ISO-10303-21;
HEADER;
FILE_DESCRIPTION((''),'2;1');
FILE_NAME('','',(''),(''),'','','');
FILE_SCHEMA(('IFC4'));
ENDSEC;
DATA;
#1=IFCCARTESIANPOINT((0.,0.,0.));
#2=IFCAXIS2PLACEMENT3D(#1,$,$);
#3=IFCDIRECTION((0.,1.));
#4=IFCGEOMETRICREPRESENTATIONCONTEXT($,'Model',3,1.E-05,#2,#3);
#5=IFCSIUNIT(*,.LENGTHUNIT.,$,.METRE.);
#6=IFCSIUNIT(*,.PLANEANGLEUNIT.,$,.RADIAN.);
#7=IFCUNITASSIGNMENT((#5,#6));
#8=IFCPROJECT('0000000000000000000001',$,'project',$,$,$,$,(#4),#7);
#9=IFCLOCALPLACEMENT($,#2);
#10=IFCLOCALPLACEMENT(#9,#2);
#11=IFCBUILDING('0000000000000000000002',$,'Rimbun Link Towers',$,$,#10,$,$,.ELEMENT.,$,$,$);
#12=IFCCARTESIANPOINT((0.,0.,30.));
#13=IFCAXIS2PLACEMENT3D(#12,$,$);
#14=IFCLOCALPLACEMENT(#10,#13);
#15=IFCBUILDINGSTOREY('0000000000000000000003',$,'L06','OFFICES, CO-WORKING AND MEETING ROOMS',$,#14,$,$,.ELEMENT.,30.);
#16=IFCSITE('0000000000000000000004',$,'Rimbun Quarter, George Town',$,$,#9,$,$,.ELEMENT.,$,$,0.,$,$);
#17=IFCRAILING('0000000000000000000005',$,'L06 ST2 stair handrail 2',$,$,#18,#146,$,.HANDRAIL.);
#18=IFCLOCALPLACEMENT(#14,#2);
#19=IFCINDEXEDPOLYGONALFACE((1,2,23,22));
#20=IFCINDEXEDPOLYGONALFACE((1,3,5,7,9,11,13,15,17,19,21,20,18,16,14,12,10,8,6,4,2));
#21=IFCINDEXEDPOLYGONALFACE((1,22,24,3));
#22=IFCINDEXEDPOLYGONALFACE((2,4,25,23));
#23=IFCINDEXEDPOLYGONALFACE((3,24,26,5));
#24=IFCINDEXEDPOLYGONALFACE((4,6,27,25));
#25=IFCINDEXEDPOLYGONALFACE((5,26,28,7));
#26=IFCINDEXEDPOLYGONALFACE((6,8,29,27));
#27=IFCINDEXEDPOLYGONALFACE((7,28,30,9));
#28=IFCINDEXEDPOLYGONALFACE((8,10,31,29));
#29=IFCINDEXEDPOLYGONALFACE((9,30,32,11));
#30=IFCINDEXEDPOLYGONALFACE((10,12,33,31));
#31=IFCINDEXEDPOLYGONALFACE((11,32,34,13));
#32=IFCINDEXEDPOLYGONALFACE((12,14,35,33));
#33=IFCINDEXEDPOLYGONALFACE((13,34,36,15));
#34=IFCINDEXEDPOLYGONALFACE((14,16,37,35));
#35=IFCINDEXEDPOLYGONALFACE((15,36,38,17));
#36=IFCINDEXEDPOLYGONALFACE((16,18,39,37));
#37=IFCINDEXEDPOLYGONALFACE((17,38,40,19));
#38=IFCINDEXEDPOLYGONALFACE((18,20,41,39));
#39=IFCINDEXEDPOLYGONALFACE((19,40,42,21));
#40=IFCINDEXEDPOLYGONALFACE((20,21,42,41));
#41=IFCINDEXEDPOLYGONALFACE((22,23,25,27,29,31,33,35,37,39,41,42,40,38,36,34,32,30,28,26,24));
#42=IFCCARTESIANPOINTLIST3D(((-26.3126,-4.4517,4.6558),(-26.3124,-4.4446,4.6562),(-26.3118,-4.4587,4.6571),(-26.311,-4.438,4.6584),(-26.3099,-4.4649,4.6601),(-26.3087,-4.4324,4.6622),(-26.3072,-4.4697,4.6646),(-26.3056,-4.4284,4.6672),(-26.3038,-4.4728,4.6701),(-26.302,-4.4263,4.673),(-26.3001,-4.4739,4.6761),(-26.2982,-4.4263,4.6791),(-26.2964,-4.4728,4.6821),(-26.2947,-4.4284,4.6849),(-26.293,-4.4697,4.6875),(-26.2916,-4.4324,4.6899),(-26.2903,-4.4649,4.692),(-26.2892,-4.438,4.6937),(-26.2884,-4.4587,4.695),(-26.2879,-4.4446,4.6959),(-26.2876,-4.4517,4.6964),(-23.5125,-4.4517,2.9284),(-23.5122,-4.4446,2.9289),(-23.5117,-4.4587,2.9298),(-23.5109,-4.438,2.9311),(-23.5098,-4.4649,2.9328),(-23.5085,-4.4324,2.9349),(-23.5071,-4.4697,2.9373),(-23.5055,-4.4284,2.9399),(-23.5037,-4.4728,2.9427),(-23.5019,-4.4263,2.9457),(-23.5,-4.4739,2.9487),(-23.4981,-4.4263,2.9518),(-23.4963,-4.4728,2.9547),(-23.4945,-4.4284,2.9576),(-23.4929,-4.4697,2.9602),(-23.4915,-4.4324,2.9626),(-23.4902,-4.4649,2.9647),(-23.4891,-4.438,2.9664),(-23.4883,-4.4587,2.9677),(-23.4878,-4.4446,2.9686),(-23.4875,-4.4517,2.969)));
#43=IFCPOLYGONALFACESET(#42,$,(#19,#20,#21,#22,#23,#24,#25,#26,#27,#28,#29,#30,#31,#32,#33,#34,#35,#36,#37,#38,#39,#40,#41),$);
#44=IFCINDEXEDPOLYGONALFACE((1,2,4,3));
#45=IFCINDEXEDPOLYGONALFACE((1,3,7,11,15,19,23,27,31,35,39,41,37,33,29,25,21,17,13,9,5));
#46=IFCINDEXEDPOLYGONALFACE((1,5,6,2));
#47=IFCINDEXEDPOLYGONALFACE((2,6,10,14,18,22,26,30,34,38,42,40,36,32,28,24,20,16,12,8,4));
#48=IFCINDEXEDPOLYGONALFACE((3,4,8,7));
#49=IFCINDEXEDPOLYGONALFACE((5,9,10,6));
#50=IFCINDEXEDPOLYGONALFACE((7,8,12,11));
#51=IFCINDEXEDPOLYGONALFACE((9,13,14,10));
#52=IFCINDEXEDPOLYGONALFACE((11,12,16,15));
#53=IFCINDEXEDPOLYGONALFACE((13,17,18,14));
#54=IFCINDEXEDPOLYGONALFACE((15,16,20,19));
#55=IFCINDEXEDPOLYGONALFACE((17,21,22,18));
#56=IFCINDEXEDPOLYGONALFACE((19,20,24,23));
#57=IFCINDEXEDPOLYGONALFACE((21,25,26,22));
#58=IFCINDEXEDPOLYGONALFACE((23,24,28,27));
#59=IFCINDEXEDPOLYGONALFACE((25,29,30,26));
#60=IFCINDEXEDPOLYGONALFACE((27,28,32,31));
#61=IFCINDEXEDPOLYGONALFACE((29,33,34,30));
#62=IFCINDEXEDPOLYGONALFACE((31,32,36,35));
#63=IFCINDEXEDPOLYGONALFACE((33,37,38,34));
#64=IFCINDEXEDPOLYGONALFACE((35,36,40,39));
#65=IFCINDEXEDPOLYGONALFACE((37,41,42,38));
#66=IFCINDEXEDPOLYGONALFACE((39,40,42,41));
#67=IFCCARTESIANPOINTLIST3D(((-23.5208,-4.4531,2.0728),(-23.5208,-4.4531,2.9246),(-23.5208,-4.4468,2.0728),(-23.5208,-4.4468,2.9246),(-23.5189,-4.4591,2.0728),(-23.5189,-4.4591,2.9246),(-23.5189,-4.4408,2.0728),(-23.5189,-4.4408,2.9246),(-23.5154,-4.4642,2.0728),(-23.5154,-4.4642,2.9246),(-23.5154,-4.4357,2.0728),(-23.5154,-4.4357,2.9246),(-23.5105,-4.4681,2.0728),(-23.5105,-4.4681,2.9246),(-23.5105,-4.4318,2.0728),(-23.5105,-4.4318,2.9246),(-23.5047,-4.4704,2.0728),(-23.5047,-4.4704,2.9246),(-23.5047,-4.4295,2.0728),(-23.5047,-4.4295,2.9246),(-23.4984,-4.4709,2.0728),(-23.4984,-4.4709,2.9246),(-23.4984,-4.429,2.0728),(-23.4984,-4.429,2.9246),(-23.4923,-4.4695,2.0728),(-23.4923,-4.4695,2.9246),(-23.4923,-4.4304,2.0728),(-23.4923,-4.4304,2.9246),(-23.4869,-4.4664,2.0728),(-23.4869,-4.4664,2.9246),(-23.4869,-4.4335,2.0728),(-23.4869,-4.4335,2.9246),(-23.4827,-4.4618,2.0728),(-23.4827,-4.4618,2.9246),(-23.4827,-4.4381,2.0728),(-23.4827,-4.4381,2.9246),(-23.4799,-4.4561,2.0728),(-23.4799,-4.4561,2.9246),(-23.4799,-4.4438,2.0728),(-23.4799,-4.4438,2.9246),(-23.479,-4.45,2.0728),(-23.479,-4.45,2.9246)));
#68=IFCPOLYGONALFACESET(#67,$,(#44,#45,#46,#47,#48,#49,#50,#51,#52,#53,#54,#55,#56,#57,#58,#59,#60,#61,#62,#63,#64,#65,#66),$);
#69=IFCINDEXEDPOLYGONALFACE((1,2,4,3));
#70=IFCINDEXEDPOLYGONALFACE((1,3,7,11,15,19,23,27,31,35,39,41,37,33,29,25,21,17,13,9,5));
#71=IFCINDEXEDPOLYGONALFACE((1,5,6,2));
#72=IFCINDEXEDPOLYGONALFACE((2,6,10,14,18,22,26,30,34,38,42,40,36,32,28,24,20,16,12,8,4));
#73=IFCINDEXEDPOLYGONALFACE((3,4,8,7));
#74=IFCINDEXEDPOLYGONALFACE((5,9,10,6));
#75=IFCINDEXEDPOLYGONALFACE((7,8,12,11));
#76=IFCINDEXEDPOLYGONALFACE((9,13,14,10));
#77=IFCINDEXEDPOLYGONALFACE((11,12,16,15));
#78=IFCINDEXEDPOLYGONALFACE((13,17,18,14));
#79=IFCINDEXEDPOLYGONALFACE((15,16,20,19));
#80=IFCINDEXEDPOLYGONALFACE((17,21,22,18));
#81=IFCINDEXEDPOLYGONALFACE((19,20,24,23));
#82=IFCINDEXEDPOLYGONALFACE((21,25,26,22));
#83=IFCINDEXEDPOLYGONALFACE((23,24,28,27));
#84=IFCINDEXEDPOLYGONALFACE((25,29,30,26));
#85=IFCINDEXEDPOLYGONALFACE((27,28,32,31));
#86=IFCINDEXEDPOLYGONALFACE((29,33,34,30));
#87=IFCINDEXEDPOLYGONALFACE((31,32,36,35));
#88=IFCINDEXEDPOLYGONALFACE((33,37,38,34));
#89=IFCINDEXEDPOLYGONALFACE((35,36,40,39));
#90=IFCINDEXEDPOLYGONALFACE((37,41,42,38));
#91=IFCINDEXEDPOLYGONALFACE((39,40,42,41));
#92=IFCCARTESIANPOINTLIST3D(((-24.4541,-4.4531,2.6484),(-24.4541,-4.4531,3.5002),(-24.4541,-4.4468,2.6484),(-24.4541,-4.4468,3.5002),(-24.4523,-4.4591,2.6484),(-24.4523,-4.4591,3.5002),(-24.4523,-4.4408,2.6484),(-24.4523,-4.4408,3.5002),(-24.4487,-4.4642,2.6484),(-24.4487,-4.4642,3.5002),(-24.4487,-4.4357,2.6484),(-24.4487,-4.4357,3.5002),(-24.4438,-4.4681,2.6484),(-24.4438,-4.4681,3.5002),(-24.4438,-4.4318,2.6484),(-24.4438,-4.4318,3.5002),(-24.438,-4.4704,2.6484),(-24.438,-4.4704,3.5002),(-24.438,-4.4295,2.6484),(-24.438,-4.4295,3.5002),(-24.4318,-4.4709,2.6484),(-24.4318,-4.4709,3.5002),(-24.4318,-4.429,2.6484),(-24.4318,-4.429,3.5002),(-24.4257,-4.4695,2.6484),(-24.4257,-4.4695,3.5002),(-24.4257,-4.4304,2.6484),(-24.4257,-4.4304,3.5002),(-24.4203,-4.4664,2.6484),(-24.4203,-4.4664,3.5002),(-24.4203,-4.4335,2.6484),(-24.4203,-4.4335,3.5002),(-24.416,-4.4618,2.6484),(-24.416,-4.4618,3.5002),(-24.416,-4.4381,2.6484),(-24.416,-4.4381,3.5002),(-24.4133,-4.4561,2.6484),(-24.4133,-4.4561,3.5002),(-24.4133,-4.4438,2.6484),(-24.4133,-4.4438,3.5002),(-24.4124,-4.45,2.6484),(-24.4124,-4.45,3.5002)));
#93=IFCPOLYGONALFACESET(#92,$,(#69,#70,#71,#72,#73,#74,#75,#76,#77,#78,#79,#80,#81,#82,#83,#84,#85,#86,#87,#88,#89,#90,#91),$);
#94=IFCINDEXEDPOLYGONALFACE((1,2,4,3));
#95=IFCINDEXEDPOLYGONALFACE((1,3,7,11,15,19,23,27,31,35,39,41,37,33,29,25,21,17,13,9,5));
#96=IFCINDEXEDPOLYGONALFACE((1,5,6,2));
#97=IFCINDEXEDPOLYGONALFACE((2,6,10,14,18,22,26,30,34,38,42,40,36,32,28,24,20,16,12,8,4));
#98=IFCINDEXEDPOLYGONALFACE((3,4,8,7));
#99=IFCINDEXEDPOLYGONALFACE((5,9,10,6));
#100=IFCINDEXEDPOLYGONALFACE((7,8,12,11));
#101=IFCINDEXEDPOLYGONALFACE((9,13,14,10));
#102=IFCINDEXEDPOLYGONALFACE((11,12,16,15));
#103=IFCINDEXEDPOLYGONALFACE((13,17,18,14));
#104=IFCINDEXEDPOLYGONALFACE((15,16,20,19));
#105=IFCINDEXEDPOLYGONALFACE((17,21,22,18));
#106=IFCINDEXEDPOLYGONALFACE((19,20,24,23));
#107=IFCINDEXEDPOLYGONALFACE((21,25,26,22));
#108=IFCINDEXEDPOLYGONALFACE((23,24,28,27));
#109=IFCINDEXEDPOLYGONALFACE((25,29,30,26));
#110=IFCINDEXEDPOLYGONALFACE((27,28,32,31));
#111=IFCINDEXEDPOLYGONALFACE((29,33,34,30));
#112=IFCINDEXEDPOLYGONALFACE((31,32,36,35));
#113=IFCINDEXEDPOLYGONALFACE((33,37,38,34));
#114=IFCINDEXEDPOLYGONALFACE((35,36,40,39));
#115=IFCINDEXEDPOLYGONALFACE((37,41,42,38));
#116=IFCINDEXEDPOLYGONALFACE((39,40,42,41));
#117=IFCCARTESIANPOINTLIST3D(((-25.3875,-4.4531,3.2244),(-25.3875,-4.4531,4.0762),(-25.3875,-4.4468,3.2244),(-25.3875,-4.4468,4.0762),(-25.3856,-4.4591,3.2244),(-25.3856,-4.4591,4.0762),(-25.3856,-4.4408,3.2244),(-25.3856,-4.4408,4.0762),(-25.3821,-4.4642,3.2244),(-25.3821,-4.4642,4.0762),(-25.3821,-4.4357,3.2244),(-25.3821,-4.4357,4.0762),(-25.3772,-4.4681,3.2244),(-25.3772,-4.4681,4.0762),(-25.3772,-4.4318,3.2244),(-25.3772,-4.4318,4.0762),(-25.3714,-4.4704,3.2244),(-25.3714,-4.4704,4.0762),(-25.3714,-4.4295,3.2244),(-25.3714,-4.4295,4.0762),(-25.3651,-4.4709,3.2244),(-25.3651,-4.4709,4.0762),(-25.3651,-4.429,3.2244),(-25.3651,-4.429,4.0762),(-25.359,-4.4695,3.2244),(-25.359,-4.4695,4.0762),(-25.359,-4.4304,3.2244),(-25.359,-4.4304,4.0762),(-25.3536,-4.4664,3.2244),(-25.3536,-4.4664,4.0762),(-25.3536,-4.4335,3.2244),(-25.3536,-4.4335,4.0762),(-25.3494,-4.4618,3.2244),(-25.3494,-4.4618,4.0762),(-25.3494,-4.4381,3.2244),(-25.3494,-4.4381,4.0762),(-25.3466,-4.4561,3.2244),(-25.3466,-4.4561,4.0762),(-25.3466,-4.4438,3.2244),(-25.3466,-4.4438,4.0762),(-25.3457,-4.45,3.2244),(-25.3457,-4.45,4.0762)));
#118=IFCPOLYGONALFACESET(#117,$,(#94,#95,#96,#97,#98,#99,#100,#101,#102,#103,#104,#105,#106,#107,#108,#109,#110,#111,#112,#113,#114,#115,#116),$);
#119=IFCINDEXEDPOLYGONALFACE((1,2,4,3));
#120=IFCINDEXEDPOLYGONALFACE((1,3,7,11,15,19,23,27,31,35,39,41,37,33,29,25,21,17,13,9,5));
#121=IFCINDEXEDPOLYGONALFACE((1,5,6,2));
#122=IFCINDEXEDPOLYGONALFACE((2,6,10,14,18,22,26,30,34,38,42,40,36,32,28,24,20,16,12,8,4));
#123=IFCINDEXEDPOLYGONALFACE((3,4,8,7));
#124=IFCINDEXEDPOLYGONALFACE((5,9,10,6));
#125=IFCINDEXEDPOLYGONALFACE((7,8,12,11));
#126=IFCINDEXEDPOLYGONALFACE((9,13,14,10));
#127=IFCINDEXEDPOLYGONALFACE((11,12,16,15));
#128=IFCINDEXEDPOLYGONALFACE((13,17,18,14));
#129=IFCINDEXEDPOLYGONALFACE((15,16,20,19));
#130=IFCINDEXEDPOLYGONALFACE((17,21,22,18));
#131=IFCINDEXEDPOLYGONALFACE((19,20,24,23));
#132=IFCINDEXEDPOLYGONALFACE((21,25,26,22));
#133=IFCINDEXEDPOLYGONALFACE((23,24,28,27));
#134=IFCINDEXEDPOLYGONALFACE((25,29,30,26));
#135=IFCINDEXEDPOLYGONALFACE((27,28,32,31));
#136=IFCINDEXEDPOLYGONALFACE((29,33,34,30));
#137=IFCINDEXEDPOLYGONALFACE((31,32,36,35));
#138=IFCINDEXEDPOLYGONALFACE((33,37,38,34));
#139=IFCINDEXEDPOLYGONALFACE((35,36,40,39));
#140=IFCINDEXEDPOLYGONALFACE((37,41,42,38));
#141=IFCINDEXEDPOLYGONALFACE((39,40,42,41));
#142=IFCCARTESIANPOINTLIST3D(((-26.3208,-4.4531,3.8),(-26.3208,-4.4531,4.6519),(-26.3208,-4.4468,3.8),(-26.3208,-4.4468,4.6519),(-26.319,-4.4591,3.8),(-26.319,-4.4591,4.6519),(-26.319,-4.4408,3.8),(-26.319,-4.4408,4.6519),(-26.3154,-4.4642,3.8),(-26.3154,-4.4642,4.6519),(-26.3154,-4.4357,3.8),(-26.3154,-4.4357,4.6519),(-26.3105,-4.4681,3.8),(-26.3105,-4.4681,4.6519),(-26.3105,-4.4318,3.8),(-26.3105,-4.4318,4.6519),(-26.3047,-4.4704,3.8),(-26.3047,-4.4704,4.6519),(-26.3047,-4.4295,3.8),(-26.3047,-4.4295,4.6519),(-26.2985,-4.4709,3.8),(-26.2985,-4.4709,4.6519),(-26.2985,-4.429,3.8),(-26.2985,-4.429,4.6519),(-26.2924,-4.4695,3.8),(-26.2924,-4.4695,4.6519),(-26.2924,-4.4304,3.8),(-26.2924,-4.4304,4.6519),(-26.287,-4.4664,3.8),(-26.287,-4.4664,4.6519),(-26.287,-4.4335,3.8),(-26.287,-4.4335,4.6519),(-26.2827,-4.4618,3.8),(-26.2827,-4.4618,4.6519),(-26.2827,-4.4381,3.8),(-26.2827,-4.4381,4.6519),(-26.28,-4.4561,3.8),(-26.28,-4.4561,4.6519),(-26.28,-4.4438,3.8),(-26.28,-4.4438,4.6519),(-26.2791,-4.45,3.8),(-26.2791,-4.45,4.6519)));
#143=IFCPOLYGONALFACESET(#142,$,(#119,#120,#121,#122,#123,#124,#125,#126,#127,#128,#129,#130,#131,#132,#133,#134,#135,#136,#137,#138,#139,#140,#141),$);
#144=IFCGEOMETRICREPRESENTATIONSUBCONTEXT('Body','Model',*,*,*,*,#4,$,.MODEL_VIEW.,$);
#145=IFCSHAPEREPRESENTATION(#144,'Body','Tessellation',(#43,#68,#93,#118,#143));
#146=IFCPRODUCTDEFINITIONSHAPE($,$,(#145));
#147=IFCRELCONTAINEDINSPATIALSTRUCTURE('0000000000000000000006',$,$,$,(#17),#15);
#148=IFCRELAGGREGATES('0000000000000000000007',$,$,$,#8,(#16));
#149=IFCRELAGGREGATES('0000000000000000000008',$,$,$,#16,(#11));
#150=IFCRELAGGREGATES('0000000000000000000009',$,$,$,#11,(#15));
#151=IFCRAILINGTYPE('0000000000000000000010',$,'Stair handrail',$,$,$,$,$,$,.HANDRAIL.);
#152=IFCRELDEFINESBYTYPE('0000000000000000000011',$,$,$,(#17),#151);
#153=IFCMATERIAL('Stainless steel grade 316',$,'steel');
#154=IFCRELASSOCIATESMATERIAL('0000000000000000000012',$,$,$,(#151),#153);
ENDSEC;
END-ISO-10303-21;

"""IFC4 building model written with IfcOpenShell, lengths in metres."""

from ifc_helpers import new_model, si_unit, direction, frame, origin, origin_2d, place, context, subcontext, project, spatial, circle, extrude, material, type_object, element, save


model = new_model("IFC4")

# Units and contexts
model_context = context("Model", 3, precision=1e-05, world=origin(), true_north=direction((0.0, 1.0)))
body_context = subcontext(model_context, "Body", "Model", "MODEL_VIEW")
ifc_project = project(units=[si_unit("LENGTHUNIT", "METRE"), si_unit("PLANEANGLEUNIT", "RADIAN")], contexts=[model_context])

# Site, building, storey
site_placement = place(None, origin())
site = spatial("IfcSite", under=ifc_project, at=site_placement, Name="Rimbun Quarter, George Town", CompositionType="ELEMENT", RefElevation=0.0)
building_placement = place(site_placement, origin())
building = spatial("IfcBuilding", under=site, at=building_placement, Name="Rimbun Link Towers", CompositionType="ELEMENT")
storey_placement = place(building_placement, frame((0.0, 0.0, 30.0)))
storey = spatial("IfcBuildingStorey", under=building, at=storey_placement, Name="L06", Description="OFFICES, CO-WORKING AND MEETING ROOMS", CompositionType="ELEMENT", Elevation=30.0)

# Railing
ifc_material_1 = material(Name="Stainless steel grade 316", Category="steel")
railing_type_1 = type_object("IfcRailingType", Name="Stair handrail", PredefinedType="HANDRAIL", material=ifc_material_1)
railing_1_placement = place(storey_placement, frame((-23.5, -4.45, 2.0728)))
element("IfcRailing", 1, at=railing_1_placement, inside=storey, type_object=railing_type_1, Name="L06 ST2 stair handrail 2", PredefinedType="HANDRAIL", context=body_context, shape_type="SweptSolid", body=[
    extrude(circle(Radius=0.0239, at=origin_2d()), frame((0.0, 0.0, 0.876), z_axis=(-0.85109, 0.0, 0.52502), x_axis=(0.0, -1.0, 0.0)), (0.0, 0.0, 1.0), 3.29),
    extrude(circle(Radius=0.021, at=origin_2d()), origin(), (0.0, 0.0, 1.0), 0.8518),
    extrude(circle(Radius=0.021, at=origin_2d()), frame((-0.9333, 0.0, 0.5757)), (0.0, 0.0, 1.0), 0.8518),
    extrude(circle(Radius=0.021, at=origin_2d()), frame((-1.8667, 0.0, 1.1516)), (0.0, 0.0, 1.0), 0.8518),
    extrude(circle(Radius=0.021, at=origin_2d()), frame((-2.8, 0.0, 1.7273)), (0.0, 0.0, 1.0), 0.8518),
])

save(model, "model.ifc")
